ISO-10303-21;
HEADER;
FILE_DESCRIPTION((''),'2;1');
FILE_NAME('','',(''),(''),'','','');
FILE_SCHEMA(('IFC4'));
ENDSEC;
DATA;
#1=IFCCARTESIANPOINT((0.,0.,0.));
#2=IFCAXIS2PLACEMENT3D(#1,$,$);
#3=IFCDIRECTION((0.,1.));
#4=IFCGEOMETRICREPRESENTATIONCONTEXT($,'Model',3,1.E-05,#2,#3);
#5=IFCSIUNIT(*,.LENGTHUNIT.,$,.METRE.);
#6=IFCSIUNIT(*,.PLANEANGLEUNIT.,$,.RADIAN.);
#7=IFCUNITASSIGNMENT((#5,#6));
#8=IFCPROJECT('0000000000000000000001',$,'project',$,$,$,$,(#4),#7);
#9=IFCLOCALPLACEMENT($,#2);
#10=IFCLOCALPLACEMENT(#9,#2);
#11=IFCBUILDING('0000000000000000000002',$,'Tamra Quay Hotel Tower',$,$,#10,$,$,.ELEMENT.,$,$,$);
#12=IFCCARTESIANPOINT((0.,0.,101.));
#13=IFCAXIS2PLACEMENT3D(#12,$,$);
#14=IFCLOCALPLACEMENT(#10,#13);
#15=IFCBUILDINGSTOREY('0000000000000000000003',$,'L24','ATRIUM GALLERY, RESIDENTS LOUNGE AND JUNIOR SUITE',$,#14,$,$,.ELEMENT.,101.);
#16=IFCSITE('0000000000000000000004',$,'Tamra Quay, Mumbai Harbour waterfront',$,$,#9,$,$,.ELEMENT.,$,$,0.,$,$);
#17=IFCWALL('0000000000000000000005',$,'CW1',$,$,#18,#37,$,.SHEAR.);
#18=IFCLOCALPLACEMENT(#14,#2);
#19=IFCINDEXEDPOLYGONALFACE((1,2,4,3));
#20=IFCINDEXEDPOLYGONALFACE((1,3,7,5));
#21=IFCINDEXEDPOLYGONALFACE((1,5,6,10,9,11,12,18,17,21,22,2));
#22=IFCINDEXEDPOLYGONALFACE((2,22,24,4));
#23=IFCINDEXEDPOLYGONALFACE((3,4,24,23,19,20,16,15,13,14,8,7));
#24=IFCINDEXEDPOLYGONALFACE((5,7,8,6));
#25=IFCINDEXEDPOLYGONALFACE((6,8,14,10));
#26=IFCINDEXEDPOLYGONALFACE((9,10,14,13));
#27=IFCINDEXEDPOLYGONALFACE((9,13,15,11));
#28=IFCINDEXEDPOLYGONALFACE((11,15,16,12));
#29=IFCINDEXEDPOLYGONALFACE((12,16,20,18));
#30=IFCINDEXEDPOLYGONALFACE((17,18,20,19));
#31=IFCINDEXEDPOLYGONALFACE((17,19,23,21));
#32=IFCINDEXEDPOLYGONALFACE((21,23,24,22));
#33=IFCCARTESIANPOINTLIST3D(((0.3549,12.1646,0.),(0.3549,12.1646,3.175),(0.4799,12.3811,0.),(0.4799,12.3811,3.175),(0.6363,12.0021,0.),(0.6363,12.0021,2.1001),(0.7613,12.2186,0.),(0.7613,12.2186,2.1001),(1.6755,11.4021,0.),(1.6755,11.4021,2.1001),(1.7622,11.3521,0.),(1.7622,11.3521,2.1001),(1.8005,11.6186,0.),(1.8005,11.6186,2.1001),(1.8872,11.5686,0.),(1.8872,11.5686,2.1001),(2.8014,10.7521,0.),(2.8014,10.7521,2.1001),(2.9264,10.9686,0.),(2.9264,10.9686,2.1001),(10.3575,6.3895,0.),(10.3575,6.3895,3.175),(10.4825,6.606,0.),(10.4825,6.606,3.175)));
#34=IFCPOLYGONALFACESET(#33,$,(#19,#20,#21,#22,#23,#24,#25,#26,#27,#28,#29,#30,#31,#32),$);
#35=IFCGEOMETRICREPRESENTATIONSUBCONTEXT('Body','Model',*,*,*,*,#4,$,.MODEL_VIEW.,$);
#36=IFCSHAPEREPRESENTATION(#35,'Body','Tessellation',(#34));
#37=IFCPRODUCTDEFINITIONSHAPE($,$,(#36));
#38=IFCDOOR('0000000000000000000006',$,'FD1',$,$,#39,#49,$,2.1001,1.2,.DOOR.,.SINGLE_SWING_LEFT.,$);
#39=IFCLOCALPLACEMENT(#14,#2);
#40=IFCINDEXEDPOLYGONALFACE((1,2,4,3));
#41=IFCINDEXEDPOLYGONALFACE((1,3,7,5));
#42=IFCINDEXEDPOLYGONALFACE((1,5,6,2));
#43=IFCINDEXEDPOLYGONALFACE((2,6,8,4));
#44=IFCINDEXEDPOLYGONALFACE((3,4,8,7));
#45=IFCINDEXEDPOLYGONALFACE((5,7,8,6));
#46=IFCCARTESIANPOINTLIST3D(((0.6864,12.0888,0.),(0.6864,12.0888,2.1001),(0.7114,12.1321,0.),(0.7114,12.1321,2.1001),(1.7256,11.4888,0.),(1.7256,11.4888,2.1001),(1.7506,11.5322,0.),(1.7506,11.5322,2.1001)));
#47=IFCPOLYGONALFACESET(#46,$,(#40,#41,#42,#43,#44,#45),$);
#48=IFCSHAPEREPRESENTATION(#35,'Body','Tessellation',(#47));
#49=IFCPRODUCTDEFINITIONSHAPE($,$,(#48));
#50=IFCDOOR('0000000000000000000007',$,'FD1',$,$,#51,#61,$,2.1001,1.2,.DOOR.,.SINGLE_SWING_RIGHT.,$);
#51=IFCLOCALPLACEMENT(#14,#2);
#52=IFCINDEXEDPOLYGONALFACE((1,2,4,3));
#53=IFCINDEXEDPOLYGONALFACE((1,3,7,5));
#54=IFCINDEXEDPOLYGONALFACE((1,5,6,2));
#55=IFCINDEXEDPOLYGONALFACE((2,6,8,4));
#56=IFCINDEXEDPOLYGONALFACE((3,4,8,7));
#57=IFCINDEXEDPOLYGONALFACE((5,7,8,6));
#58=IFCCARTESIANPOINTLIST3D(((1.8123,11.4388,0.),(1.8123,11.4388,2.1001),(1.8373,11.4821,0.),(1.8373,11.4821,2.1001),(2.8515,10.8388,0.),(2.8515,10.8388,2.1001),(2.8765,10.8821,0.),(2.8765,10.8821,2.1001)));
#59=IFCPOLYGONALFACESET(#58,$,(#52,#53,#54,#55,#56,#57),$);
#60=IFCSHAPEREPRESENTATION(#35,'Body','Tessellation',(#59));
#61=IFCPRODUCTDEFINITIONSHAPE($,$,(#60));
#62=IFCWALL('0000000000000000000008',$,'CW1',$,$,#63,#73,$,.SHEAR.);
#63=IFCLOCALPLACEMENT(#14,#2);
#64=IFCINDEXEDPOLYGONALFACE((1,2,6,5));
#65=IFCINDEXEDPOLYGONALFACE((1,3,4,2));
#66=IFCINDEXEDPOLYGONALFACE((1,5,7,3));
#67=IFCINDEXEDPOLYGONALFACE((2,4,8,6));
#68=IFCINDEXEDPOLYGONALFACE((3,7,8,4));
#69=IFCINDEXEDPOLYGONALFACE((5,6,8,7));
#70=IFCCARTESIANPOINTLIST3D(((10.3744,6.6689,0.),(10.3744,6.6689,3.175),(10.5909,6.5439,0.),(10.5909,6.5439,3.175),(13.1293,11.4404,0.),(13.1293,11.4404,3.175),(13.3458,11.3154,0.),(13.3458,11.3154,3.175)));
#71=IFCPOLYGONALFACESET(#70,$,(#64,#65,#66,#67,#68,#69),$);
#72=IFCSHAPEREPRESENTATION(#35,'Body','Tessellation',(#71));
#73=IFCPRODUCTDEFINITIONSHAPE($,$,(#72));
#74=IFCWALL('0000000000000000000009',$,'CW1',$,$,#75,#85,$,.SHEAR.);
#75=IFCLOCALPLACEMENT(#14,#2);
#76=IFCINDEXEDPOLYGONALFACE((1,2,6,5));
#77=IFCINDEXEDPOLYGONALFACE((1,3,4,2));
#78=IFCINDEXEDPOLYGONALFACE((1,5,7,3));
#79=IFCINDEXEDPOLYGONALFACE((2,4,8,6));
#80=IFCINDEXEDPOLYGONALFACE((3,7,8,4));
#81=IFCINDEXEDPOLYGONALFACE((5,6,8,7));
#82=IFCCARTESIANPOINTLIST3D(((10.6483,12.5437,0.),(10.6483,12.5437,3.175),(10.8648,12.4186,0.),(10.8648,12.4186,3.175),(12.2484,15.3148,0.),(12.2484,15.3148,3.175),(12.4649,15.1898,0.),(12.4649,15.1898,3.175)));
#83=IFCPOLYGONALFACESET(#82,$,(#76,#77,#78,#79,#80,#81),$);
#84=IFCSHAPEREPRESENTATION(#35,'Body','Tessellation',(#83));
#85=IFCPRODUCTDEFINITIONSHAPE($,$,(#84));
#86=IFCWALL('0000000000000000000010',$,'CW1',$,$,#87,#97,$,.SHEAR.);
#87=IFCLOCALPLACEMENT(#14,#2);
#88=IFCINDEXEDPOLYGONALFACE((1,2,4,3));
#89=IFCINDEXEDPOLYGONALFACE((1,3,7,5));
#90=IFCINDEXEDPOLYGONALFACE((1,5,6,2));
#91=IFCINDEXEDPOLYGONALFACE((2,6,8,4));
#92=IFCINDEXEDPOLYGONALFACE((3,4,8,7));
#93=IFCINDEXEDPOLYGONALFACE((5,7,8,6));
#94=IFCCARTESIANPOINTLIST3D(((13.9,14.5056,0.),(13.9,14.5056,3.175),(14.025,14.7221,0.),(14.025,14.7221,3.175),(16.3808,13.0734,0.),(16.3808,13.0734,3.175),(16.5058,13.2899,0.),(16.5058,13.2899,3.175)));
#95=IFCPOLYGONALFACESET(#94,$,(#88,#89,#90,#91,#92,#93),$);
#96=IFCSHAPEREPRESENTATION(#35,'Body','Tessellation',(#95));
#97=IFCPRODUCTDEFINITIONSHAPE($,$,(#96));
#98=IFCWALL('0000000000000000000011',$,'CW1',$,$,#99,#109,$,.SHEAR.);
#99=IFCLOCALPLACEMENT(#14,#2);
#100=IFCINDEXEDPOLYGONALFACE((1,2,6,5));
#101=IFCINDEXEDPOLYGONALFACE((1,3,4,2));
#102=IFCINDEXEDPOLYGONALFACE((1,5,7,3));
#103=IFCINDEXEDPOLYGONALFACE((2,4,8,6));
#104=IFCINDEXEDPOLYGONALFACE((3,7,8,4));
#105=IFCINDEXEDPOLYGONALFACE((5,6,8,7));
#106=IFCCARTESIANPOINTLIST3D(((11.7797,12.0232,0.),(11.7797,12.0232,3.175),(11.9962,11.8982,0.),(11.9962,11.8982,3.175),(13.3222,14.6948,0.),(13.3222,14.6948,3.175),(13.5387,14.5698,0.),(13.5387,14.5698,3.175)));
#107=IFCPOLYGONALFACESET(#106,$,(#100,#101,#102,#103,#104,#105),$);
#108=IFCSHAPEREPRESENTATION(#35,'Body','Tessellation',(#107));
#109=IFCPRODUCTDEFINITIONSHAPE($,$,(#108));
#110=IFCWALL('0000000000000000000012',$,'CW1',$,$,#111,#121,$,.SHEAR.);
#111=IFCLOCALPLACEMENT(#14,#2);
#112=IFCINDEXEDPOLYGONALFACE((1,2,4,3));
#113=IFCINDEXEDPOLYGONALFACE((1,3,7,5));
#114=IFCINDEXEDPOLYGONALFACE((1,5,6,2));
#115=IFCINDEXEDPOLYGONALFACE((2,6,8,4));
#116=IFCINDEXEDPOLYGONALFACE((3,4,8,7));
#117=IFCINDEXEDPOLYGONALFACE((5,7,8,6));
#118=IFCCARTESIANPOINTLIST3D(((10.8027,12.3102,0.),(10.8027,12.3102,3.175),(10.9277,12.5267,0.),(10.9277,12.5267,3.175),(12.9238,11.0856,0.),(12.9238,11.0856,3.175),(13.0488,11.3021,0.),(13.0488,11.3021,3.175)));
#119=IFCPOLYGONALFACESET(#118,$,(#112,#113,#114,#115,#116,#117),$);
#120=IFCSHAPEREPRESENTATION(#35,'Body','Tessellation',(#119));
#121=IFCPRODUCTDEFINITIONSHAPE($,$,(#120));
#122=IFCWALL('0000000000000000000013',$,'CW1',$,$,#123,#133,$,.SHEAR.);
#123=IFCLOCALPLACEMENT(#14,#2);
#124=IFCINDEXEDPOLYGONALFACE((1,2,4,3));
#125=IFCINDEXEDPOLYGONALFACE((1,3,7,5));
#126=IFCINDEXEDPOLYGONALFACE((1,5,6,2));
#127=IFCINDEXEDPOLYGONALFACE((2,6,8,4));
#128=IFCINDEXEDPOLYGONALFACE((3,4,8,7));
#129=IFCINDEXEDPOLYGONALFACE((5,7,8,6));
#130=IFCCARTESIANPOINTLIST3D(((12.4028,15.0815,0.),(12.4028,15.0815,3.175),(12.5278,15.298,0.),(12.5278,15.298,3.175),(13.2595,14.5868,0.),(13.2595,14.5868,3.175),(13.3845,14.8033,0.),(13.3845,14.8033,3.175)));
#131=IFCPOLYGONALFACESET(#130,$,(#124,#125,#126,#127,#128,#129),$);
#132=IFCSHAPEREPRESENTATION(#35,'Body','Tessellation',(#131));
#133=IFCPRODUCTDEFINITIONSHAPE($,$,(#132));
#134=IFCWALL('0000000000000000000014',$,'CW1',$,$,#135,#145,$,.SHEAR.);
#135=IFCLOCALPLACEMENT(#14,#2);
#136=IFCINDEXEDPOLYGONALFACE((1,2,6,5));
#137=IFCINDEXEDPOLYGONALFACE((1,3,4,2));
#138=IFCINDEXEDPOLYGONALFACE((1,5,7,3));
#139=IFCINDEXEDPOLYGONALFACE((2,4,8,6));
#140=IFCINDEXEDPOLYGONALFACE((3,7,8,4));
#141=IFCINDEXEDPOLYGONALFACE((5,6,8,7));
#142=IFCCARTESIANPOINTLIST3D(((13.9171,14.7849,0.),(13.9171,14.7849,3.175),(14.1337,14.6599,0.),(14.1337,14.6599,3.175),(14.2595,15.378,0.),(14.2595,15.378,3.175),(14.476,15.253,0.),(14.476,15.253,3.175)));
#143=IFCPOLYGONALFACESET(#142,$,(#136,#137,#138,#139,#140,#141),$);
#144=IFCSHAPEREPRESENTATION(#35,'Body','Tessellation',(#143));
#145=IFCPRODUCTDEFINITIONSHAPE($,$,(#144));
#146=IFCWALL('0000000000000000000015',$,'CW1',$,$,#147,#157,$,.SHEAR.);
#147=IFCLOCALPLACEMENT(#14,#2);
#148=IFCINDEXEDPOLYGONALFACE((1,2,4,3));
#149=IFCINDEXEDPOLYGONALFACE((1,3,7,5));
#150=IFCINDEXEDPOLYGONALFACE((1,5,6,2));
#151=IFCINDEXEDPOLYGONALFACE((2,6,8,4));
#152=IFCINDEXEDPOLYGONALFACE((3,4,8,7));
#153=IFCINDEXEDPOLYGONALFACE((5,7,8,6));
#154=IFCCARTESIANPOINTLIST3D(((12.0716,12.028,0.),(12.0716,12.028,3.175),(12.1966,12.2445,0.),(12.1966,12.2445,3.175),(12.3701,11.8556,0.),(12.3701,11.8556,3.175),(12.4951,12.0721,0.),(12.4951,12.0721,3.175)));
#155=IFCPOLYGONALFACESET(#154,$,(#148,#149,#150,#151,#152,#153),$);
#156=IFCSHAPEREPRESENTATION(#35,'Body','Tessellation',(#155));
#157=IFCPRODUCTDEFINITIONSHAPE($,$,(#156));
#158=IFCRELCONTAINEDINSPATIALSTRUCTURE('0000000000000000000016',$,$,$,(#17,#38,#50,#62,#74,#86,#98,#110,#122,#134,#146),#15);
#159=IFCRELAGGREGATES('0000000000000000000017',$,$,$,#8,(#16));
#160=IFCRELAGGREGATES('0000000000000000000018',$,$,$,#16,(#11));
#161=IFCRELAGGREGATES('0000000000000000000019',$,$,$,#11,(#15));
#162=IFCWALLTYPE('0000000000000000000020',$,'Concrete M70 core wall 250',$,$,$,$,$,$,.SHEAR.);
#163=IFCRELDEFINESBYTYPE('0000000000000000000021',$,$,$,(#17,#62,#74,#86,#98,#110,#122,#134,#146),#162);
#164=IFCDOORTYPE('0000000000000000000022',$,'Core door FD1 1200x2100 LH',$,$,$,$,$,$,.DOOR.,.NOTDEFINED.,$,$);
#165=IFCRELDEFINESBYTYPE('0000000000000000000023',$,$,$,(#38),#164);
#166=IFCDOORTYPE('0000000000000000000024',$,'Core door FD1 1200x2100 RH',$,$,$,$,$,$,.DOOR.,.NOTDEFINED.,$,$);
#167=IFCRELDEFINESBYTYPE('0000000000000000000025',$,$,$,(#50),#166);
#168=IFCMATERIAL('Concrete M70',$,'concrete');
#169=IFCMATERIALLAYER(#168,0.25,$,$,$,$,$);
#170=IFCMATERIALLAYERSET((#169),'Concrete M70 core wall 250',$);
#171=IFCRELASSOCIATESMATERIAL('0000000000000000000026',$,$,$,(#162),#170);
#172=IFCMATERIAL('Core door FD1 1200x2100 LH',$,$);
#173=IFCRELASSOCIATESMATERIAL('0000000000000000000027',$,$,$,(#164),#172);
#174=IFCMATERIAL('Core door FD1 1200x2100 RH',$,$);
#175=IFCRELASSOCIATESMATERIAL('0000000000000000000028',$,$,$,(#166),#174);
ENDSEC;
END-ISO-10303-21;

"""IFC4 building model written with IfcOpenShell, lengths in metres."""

from ifc_helpers import new_model, si_unit, direction, frame, frame_2d, origin, place, context, subcontext, project, spatial, rectangle, extrude, material, layer, layer_set, type_object, element, fill, save


model = new_model("IFC4")

# Units and contexts
model_context = context("Model", 3, precision=1e-05, world=origin(), true_north=direction((0.0, 1.0)))
body_context = subcontext(model_context, "Body", "Model", "MODEL_VIEW")
ifc_project = project(units=[si_unit("LENGTHUNIT", "METRE"), si_unit("PLANEANGLEUNIT", "RADIAN")], contexts=[model_context])

# Site, building, storey
site_placement = place(None, origin())
site = spatial("IfcSite", under=ifc_project, at=site_placement, Name="Tamra Quay, Mumbai Harbour waterfront", CompositionType="ELEMENT", RefElevation=0.0)
building_placement = place(site_placement, origin())
building = spatial("IfcBuilding", under=site, at=building_placement, Name="Tamra Quay Hotel Tower", CompositionType="ELEMENT")
storey_placement = place(building_placement, frame((0.0, 0.0, 101.0)))
storey = spatial("IfcBuildingStorey", under=building, at=storey_placement, Name="L24", Description="ATRIUM GALLERY, RESIDENTS LOUNGE AND JUNIOR SUITE", CompositionType="ELEMENT", Elevation=101.0)

# Shared definitions
ifc_material_1 = material(Name="Concrete M70", Category="concrete")

# Wall, openings, doors
ifc_layer_1 = layer(ifc_material_1, 0.25)
ifc_layer_set_1 = layer_set([ifc_layer_1], Name="Concrete M70 core wall 250")
wall_type_1 = type_object("IfcWallType", Name="Concrete M70 core wall 250", PredefinedType="SHEAR", material=ifc_layer_set_1)
wall_1_placement = place(storey_placement, frame((10.4199, 6.4978, 0.0), z_axis=(0.0, 0.0, 1.0), x_axis=(-0.866022, 0.500006, 0.0)))
wall_1 = element("IfcWall", 1, at=wall_1_placement, inside=storey, type_object=wall_type_1, Name="CW1", PredefinedType="SHEAR", context=body_context, shape_type="SweptSolid", body=[
    extrude(rectangle(XDim=11.55, YDim=0.25, at=frame_2d((5.7749, 0.0))), origin(), (0.0, 0.0, 1.0), 3.175),
])
opening_1_placement = place(wall_1_placement, frame((10.0249, 0.0, 0.0)))
opening_1 = element("IfcOpeningElement", 2, at=opening_1_placement, cuts=wall_1, PredefinedType="OPENING", context=body_context, shape_type="SweptSolid", body=[
    extrude(rectangle(XDim=1.2, YDim=2.1001, at=frame_2d((0.6001, 1.05))), frame((0.0, 0.135, 0.0), z_axis=(0.0, -1.0, 0.0), x_axis=(1.0, 0.0, 0.0)), (0.0, 0.0, 1.0), 0.27),
])
opening_2_placement = place(wall_1_placement, frame((8.7249, 0.0, 0.0)))
opening_2 = element("IfcOpeningElement", 3, at=opening_2_placement, cuts=wall_1, PredefinedType="OPENING", context=body_context, shape_type="SweptSolid", body=[
    extrude(rectangle(XDim=1.2, YDim=2.1001, at=frame_2d((0.6001, 1.05))), frame((0.0, 0.135, 0.0), z_axis=(0.0, -1.0, 0.0), x_axis=(1.0, 0.0, 0.0)), (0.0, 0.0, 1.0), 0.27),
])
ifc_material_2 = material(Name="Core door FD1 1200x2100 LH")
door_type_1 = type_object("IfcDoorType", Name="Core door FD1 1200x2100 LH", OperationType="NOTDEFINED", PredefinedType="DOOR", material=ifc_material_2)
door_1_placement = place(opening_1_placement, origin())
door_1 = element("IfcDoor", 4, at=door_1_placement, inside=storey, type_object=door_type_1, Name="FD1", OperationType="SINGLE_SWING_LEFT", OverallHeight=2.1001, OverallWidth=1.2, PredefinedType="DOOR", context=body_context, shape_type="SweptSolid", body=[
    extrude(rectangle(XDim=1.2, YDim=2.1001, at=frame_2d((0.6001, 1.05))), frame((0.0, 0.0249, 0.0), z_axis=(0.0, -1.0, 0.0), x_axis=(1.0, 0.0, 0.0)), (0.0, 0.0, 1.0), 0.05),
])
fill(opening_1, door_1)
ifc_material_3 = material(Name="Core door FD1 1200x2100 RH")
door_type_2 = type_object("IfcDoorType", Name="Core door FD1 1200x2100 RH", OperationType="NOTDEFINED", PredefinedType="DOOR", material=ifc_material_3)
door_2_placement = place(opening_2_placement, origin())
door_2 = element("IfcDoor", 5, at=door_2_placement, inside=storey, type_object=door_type_2, Name="FD1", OperationType="SINGLE_SWING_RIGHT", OverallHeight=2.1001, OverallWidth=1.2, PredefinedType="DOOR", context=body_context, shape_type="SweptSolid", body=[
    extrude(rectangle(XDim=1.2, YDim=2.1001, at=frame_2d((0.6001, 1.05))), frame((0.0, 0.0249, 0.0), z_axis=(0.0, -1.0, 0.0), x_axis=(1.0, 0.0, 0.0)), (0.0, 0.0, 1.0), 0.05),
])
fill(opening_2, door_2)

# Walls
wall_2_placement = place(storey_placement, frame((13.2375, 11.3779, 0.0), z_axis=(0.0, 0.0, 1.0), x_axis=(-0.500009, -0.86602, 0.0)))
element("IfcWall", 6, at=wall_2_placement, inside=storey, type_object=wall_type_1, Name="CW1", PredefinedType="SHEAR", context=body_context, shape_type="SweptSolid", body=[
    extrude(rectangle(XDim=5.5098, YDim=0.25, at=frame_2d((2.7549, 0.0))), origin(), (0.0, 0.0, 1.0), 3.175),
])
wall_3_placement = place(storey_placement, frame((12.3567, 15.2524, 0.0), z_axis=(0.0, 0.0, 1.0), x_axis=(-0.500028, -0.866009, 0.0)))
element("IfcWall", 7, at=wall_3_placement, inside=storey, type_object=wall_type_1, Name="CW1", PredefinedType="SHEAR", context=body_context, shape_type="SweptSolid", body=[
    extrude(rectangle(XDim=3.2, YDim=0.25, at=frame_2d((1.6001, 0.0))), origin(), (0.0, 0.0, 1.0), 3.175),
])
wall_4_placement = place(storey_placement, frame((13.9626, 14.6138, 0.0), z_axis=(0.0, 0.0, 1.0), x_axis=(0.866042, -0.499971, 0.0)))
element("IfcWall", 8, at=wall_4_placement, inside=storey, type_object=wall_type_1, Name="CW1", PredefinedType="SHEAR", context=body_context, shape_type="SweptSolid", body=[
    extrude(rectangle(XDim=2.8645, YDim=0.25, at=frame_2d((1.4321, 0.0))), origin(), (0.0, 0.0, 1.0), 3.175),
])
wall_5_placement = place(storey_placement, frame((11.8879, 11.9607, 0.0), z_axis=(0.0, 0.0, 1.0), x_axis=(0.500003, 0.866023, 0.0)))
element("IfcWall", 9, at=wall_5_placement, inside=storey, type_object=wall_type_1, Name="CW1", PredefinedType="SHEAR", context=body_context, shape_type="SweptSolid", body=[
    extrude(rectangle(XDim=3.085, YDim=0.25, at=frame_2d((1.5425, 0.0))), origin(), (0.0, 0.0, 1.0), 3.175),
])
wall_6_placement = place(storey_placement, frame((10.8652, 12.4185, 0.0), z_axis=(0.0, 0.0, 1.0), x_axis=(0.866026, -0.499999, 0.0)))
element("IfcWall", 10, at=wall_6_placement, inside=storey, type_object=wall_type_1, Name="CW1", PredefinedType="SHEAR", context=body_context, shape_type="SweptSolid", body=[
    extrude(rectangle(XDim=2.4492, YDim=0.25, at=frame_2d((1.2246, 0.0))), origin(), (0.0, 0.0, 1.0), 3.175),
])
wall_7_placement = place(storey_placement, frame((13.322, 14.6951, 0.0), z_axis=(0.0, 0.0, 1.0), x_axis=(-0.866017, 0.500014, 0.0)))
element("IfcWall", 11, at=wall_7_placement, inside=storey, type_object=wall_type_1, Name="CW1", PredefinedType="SHEAR", context=body_context, shape_type="SweptSolid", body=[
    extrude(rectangle(XDim=0.9893, YDim=0.25, at=frame_2d((0.4946, 0.0))), origin(), (0.0, 0.0, 1.0), 3.175),
])
wall_8_placement = place(storey_placement, frame((14.3677, 15.3154, 0.0), z_axis=(0.0, 0.0, 1.0), x_axis=(-0.499897, -0.866085, 0.0)))
element("IfcWall", 12, at=wall_8_placement, inside=storey, type_object=wall_type_1, Name="CW1", PredefinedType="SHEAR", context=body_context, shape_type="SweptSolid", body=[
    extrude(rectangle(XDim=0.6848, YDim=0.25, at=frame_2d((0.3423, 0.0))), origin(), (0.0, 0.0, 1.0), 3.175),
])
wall_9_placement = place(storey_placement, frame((12.4326, 11.9639, 0.0), z_axis=(0.0, 0.0, 1.0), x_axis=(-0.866056, 0.499947, 0.0)))
element("IfcWall", 13, at=wall_9_placement, inside=storey, type_object=wall_type_1, Name="CW1", PredefinedType="SHEAR", context=body_context, shape_type="SweptSolid", body=[
    extrude(rectangle(XDim=0.3447, YDim=0.25, at=frame_2d((0.1724, 0.0))), origin(), (0.0, 0.0, 1.0), 3.175),
])

save(model, "model.ifc")
